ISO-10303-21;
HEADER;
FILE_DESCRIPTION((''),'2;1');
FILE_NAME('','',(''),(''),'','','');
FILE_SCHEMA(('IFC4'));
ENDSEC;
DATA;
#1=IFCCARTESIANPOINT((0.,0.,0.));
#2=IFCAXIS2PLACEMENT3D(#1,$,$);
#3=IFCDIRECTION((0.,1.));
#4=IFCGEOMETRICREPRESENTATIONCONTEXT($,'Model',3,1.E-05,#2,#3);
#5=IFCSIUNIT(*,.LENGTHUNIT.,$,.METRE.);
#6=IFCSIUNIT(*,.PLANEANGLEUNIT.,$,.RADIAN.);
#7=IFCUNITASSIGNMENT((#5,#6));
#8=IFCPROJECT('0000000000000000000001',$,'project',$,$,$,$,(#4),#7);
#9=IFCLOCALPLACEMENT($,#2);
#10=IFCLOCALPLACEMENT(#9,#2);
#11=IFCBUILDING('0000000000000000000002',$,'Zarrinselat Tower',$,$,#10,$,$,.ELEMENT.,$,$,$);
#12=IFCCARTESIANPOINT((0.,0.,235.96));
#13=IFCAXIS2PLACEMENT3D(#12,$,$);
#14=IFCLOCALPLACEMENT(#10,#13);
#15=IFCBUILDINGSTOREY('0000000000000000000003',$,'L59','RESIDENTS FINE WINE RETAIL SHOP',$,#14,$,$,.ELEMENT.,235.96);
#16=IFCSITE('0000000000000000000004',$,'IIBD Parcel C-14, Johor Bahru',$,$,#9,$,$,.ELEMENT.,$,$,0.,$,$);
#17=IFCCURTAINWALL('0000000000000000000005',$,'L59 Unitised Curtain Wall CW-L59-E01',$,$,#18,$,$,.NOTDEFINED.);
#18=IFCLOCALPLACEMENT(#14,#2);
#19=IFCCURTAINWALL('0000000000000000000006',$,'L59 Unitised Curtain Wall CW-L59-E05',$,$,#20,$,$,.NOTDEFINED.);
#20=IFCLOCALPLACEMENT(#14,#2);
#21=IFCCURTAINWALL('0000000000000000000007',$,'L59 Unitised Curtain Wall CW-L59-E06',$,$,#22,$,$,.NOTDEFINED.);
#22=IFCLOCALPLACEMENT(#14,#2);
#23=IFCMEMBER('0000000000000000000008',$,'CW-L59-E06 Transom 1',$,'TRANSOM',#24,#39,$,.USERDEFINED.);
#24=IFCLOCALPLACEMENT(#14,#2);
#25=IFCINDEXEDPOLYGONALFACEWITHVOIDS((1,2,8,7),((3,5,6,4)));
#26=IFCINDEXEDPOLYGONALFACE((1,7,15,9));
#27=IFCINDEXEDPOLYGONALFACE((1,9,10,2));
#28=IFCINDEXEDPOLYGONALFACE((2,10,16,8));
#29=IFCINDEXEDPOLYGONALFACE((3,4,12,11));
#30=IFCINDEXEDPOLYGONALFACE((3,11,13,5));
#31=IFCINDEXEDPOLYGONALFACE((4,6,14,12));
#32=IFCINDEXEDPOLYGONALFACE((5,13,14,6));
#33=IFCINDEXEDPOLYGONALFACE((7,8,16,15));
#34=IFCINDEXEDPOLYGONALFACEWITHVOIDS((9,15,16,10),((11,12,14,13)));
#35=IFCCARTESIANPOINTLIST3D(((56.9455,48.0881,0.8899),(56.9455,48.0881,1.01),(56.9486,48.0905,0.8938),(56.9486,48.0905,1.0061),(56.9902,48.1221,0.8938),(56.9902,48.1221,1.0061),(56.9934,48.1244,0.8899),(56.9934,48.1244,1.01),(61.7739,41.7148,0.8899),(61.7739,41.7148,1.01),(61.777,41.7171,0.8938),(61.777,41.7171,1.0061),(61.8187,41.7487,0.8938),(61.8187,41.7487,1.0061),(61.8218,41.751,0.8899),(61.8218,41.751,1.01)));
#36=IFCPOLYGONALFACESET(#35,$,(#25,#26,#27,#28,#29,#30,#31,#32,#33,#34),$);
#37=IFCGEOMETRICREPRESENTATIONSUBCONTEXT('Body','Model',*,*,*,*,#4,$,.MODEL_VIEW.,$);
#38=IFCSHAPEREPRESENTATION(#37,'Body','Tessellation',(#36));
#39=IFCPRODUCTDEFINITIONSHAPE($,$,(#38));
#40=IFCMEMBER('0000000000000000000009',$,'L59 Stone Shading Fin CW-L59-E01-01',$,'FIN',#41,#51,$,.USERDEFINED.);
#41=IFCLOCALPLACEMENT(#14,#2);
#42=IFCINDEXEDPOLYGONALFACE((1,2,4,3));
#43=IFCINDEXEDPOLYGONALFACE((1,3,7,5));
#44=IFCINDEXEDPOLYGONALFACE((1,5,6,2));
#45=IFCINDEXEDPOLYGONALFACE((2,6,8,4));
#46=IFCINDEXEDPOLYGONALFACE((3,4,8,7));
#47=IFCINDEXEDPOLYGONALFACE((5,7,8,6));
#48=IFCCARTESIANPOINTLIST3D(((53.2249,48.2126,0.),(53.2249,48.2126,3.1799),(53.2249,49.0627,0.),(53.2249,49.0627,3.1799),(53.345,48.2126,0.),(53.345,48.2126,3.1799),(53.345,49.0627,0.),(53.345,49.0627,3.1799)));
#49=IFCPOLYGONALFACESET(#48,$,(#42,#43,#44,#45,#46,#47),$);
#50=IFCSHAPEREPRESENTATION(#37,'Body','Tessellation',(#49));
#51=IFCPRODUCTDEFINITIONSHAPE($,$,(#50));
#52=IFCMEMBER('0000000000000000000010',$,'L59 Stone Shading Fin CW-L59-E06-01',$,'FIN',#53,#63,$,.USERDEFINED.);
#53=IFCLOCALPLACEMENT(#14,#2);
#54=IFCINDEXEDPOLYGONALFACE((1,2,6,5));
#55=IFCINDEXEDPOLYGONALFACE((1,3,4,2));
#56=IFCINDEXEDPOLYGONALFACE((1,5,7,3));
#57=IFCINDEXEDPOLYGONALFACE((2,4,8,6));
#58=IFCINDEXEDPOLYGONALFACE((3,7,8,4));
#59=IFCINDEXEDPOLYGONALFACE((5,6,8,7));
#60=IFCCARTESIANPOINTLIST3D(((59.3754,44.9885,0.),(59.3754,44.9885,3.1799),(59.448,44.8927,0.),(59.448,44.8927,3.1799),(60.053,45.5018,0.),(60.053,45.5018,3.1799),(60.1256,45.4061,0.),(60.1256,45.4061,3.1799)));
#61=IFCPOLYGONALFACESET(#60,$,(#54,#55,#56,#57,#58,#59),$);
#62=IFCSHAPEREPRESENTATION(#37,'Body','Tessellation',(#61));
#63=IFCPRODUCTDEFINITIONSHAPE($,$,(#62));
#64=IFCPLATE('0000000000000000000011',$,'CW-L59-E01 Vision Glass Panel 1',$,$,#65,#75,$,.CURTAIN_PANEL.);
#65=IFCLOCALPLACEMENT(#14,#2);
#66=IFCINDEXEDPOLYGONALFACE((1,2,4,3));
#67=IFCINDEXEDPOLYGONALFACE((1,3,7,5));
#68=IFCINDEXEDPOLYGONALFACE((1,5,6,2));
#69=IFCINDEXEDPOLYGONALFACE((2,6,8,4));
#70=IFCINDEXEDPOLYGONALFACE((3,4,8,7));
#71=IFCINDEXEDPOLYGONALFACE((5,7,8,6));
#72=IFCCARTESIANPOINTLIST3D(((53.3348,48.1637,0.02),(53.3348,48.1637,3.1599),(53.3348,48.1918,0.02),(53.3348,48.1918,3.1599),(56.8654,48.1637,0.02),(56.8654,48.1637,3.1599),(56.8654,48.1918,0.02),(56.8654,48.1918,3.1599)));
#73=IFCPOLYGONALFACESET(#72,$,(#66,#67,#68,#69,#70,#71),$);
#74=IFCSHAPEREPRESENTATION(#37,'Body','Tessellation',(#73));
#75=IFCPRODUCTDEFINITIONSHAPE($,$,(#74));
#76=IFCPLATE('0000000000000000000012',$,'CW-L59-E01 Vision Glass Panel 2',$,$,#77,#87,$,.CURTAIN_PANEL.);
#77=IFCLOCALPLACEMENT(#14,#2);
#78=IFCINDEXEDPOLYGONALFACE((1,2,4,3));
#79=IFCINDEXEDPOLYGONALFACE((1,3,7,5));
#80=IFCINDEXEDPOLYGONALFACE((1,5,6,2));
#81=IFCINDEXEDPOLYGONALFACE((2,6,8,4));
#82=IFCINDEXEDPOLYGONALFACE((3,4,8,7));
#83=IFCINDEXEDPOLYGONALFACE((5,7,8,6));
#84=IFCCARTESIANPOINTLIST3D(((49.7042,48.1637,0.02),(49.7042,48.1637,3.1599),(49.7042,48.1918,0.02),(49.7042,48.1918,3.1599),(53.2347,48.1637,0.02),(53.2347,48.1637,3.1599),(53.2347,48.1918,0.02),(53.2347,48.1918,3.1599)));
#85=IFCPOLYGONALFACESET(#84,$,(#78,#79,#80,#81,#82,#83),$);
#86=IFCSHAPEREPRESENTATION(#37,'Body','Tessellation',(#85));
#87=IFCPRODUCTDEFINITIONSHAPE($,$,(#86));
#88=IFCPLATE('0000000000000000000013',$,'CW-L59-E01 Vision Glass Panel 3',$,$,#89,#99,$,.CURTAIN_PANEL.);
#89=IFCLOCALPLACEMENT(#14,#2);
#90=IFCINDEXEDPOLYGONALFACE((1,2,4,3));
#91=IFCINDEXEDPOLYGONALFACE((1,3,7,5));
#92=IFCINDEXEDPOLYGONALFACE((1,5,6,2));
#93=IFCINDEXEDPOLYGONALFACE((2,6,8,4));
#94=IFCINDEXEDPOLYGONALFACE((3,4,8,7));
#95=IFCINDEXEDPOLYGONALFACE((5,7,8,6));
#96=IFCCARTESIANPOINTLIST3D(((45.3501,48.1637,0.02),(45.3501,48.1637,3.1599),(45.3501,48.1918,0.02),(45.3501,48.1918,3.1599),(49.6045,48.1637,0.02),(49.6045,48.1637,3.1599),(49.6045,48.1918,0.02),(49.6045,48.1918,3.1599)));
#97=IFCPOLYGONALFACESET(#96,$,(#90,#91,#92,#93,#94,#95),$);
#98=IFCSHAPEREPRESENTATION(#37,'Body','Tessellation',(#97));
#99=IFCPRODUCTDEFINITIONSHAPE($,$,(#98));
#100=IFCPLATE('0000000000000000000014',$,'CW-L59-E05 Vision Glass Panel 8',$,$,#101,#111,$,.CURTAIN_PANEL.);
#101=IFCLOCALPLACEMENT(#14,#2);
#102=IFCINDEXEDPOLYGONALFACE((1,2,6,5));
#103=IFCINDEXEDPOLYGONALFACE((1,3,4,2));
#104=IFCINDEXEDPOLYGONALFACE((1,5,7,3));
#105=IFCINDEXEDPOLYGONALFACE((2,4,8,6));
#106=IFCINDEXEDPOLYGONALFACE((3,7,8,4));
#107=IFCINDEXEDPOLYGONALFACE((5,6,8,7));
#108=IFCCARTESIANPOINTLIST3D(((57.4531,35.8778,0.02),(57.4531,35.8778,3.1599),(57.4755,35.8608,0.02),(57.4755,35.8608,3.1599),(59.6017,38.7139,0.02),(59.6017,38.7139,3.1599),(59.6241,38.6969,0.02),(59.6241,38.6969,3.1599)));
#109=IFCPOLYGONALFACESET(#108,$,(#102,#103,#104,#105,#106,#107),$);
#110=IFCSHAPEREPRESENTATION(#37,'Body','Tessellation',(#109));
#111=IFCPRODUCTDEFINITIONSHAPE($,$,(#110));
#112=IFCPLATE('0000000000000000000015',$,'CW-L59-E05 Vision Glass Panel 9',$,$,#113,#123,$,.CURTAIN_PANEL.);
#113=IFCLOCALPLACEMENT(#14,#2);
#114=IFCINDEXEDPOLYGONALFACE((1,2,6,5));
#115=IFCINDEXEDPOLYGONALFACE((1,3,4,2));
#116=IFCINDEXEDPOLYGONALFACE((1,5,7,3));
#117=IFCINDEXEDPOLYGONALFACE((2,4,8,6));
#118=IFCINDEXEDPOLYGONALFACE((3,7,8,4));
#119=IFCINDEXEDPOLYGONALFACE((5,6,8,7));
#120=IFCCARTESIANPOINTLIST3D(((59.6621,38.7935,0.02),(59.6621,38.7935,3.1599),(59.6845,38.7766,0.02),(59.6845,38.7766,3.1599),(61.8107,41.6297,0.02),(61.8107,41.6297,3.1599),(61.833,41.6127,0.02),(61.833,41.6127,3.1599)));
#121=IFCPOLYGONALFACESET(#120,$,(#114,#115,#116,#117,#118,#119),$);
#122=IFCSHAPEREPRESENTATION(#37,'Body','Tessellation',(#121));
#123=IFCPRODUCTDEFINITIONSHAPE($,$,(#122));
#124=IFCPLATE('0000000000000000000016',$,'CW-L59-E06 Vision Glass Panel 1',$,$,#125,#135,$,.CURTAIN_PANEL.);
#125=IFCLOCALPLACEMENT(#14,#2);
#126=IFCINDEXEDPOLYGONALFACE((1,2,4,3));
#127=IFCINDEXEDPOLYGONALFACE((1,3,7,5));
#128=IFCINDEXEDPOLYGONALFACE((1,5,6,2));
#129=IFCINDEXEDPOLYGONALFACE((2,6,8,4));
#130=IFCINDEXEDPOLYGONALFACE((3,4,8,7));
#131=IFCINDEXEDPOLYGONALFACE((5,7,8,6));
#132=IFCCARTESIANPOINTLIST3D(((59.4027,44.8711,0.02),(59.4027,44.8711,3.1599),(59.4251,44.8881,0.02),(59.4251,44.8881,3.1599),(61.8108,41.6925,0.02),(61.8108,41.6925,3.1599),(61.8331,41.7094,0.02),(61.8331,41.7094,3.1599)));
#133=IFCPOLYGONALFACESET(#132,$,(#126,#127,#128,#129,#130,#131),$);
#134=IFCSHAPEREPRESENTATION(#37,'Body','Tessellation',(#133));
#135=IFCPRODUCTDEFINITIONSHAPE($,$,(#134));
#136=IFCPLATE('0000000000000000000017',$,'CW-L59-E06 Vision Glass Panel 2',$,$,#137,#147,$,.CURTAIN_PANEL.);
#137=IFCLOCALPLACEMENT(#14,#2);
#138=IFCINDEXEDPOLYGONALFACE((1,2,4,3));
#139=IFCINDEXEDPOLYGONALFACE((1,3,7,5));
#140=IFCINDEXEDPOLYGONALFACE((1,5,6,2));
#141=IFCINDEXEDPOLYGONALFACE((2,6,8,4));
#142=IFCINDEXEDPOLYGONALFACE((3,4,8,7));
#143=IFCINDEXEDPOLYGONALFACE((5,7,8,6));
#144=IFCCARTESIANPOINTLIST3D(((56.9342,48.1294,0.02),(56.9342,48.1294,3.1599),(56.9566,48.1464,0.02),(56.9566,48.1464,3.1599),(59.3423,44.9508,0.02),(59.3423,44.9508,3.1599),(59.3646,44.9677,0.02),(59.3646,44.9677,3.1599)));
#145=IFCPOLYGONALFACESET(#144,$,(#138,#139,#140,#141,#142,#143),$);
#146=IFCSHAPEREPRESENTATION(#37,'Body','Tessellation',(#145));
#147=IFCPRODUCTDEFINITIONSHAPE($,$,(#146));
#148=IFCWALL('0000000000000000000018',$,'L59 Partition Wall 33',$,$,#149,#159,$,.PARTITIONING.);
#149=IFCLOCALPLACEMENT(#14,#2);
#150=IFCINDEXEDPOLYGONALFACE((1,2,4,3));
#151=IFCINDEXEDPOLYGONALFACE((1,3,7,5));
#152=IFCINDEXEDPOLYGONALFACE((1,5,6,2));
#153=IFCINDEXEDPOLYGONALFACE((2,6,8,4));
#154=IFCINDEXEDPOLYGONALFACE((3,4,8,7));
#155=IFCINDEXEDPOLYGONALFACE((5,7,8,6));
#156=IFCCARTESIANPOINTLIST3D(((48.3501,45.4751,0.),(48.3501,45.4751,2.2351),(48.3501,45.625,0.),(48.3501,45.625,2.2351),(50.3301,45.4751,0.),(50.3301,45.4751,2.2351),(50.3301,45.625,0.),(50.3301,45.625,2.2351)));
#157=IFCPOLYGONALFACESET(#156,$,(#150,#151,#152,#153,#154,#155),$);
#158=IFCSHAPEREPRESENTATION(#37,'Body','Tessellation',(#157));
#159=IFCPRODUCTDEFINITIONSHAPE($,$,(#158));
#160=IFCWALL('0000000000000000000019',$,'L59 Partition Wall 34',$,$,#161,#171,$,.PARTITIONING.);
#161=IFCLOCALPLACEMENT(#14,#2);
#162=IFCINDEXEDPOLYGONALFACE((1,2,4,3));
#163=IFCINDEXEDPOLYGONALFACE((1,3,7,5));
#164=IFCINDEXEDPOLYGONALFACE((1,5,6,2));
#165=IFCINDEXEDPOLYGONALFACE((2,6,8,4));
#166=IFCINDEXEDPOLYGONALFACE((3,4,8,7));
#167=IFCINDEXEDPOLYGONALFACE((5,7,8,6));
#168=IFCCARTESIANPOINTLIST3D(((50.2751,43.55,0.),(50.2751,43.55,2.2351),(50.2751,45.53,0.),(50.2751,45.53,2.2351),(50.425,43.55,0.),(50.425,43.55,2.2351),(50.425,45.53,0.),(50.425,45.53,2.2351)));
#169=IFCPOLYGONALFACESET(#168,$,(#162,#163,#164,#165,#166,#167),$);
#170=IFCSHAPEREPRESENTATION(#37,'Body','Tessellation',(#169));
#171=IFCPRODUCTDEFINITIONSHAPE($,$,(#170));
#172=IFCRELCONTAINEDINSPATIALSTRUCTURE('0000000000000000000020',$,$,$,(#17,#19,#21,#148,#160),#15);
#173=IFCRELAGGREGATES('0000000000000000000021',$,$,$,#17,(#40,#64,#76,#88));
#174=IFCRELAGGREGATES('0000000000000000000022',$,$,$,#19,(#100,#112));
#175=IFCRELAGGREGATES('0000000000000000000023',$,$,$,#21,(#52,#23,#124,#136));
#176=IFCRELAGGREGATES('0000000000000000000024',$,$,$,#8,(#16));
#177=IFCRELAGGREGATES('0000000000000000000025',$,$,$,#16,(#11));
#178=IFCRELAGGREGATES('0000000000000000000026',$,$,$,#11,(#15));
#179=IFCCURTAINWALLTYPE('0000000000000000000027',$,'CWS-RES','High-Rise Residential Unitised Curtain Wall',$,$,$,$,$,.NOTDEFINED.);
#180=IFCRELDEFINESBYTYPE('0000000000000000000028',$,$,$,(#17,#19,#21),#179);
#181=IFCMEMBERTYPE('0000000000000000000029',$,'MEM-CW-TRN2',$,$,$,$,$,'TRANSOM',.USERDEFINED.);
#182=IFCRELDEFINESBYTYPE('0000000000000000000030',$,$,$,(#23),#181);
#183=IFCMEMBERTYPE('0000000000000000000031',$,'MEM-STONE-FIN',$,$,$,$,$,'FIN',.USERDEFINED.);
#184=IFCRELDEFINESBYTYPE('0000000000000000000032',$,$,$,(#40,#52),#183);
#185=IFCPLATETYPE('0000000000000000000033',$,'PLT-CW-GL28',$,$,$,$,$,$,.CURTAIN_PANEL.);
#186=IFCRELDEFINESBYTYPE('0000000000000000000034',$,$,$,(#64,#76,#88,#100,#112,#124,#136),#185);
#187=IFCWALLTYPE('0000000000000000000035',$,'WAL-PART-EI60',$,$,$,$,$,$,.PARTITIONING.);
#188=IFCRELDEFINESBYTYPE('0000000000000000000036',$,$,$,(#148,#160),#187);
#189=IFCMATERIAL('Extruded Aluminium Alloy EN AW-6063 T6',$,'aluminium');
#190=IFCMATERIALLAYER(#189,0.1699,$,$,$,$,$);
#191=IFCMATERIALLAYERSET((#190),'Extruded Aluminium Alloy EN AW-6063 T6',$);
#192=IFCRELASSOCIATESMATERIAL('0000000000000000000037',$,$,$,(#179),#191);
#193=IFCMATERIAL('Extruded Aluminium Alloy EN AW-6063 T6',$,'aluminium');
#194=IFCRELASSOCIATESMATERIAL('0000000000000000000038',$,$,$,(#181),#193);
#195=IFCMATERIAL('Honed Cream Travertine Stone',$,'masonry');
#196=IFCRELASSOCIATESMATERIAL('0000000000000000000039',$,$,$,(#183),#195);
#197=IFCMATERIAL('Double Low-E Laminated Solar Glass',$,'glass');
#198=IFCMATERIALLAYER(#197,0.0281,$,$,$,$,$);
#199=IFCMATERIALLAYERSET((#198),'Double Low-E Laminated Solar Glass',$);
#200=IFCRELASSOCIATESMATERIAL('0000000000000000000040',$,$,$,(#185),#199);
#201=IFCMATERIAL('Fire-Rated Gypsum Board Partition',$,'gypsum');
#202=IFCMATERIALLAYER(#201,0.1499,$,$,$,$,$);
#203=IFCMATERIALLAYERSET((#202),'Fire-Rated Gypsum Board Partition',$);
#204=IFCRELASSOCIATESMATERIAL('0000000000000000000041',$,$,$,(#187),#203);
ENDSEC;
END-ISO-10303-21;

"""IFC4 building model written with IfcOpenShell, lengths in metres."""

from ifc_helpers import new_model, si_unit, direction, frame, frame_2d, origin, origin_2d, place, context, subcontext, project, spatial, rectangle, hollow_rectangle, extrude, material, layer, layer_set, material_profile, profile_set, type_object, element, aggregate, save


model = new_model("IFC4")

# Units and contexts
model_context = context("Model", 3, precision=1e-05, world=origin(), true_north=direction((0.0, 1.0)))
body_context = subcontext(model_context, "Body", "Model", "MODEL_VIEW")
ifc_project = project(units=[si_unit("LENGTHUNIT", "METRE"), si_unit("PLANEANGLEUNIT", "RADIAN")], contexts=[model_context])

# Site, building, storey
site_placement = place(None, origin())
site = spatial("IfcSite", under=ifc_project, at=site_placement, Name="IIBD Parcel C-14, Johor Bahru", CompositionType="ELEMENT", RefElevation=0.0)
building_placement = place(site_placement, origin())
building = spatial("IfcBuilding", under=site, at=building_placement, Name="Zarrinselat Tower", CompositionType="ELEMENT")
storey_placement = place(building_placement, frame((0.0, 0.0, 235.96)))
storey = spatial("IfcBuildingStorey", under=building, at=storey_placement, Name="L59", Description="RESIDENTS FINE WINE RETAIL SHOP", CompositionType="ELEMENT", Elevation=235.96)

# Curtain walls
ifc_material_1 = material(Name="Extruded Aluminium Alloy EN AW-6063 T6", Category="aluminium")
ifc_layer_1 = layer(ifc_material_1, 0.1699)
ifc_layer_set_1 = layer_set([ifc_layer_1], Name="Extruded Aluminium Alloy EN AW-6063 T6")
curtain_wall_type = type_object("IfcCurtainWallType", Name="CWS-RES", Description="High-Rise Residential Unitised Curtain Wall", PredefinedType="NOTDEFINED", material=ifc_layer_set_1)
curtain_wall_1_placement = place(storey_placement, origin())
curtain_wall_1 = element("IfcCurtainWall", 1, at=curtain_wall_1_placement, inside=storey, type_object=curtain_wall_type, Name="L59 Unitised Curtain Wall CW-L59-E01", PredefinedType="NOTDEFINED")
curtain_wall_2_placement = place(storey_placement, origin())
curtain_wall_2 = element("IfcCurtainWall", 2, at=curtain_wall_2_placement, inside=storey, type_object=curtain_wall_type, Name="L59 Unitised Curtain Wall CW-L59-E05", PredefinedType="NOTDEFINED")

# Curtain wall
curtain_wall_3_placement = place(storey_placement, origin())
curtain_wall_3 = element("IfcCurtainWall", 3, at=curtain_wall_3_placement, inside=storey, type_object=curtain_wall_type, Name="L59 Unitised Curtain Wall CW-L59-E06", PredefinedType="NOTDEFINED")

# Members
ifc_material_2 = material(Name="Extruded Aluminium Alloy EN AW-6063 T6", Category="aluminium")
ifc_material_profile_1 = material_profile(ifc_material_2, hollow_rectangle(XDim=0.0601, YDim=0.1201, WallThickness=0.0039, at=origin_2d()), Name="RHS 120x60x4")
ifc_profile_set_1 = profile_set([ifc_material_profile_1], Name="Extruded Aluminium Alloy EN AW-6063 T6")
member_type_1 = type_object("IfcMemberType", Name="MEM-CW-TRN2", ElementType="TRANSOM", PredefinedType="USERDEFINED", material=ifc_profile_set_1)
member_1_placement = place(storey_placement, frame((61.7979, 41.7329, 0.95), z_axis=(-0.603867, 0.797085, 0.0), x_axis=(-0.797085, -0.603867, 0.0)))
member_1 = element("IfcMember", 4, at=member_1_placement, type_object=member_type_1, Name="CW-L59-E06 Transom 1", ObjectType="TRANSOM", PredefinedType="USERDEFINED", context=body_context, shape_type="SweptSolid", body=[
    extrude(hollow_rectangle(XDim=0.0601, YDim=0.1201, WallThickness=0.0039, at=origin_2d()), origin(), (0.0, 0.0, 1.0), 7.9958),
])
ifc_material_3 = material(Name="Honed Cream Travertine Stone", Category="masonry")
ifc_material_profile_2 = material_profile(ifc_material_3, rectangle(XDim=0.1201, YDim=0.8501, at=origin_2d()), Name="FIN 850x120")
ifc_profile_set_2 = profile_set([ifc_material_profile_2], Name="Honed Cream Travertine Stone")
member_type_2 = type_object("IfcMemberType", Name="MEM-STONE-FIN", ElementType="FIN", PredefinedType="USERDEFINED", material=ifc_profile_set_2)
member_2_placement = place(storey_placement, frame((53.2849, 48.6377, 0.0), z_axis=(0.0, 0.0, 1.0), x_axis=(1.0, 0.0, 0.0)))
member_2 = element("IfcMember", 5, at=member_2_placement, type_object=member_type_2, Name="L59 Stone Shading Fin CW-L59-E01-01", ObjectType="FIN", PredefinedType="USERDEFINED", context=body_context, shape_type="SweptSolid", body=[
    extrude(rectangle(XDim=0.1201, YDim=0.8501, at=origin_2d()), origin(), (0.0, 0.0, 1.0), 3.1799),
])
member_3_placement = place(storey_placement, frame((59.7505, 45.1973, 0.0), z_axis=(0.0, 0.0, 1.0), x_axis=(0.603858, -0.797092, 0.0)))
member_3 = element("IfcMember", 6, at=member_3_placement, type_object=member_type_2, Name="L59 Stone Shading Fin CW-L59-E06-01", ObjectType="FIN", PredefinedType="USERDEFINED", context=body_context, shape_type="SweptSolid", body=[
    extrude(rectangle(XDim=0.1201, YDim=0.8501, at=origin_2d()), origin(), (0.0, 0.0, 1.0), 3.1799),
])

# Plates
ifc_material_4 = material(Name="Double Low-E Laminated Solar Glass", Category="glass")
ifc_layer_2 = layer(ifc_material_4, 0.0281)
ifc_layer_set_2 = layer_set([ifc_layer_2], Name="Double Low-E Laminated Solar Glass")
plate_type = type_object("IfcPlateType", Name="PLT-CW-GL28", PredefinedType="CURTAIN_PANEL", material=ifc_layer_set_2)
plate_1_placement = place(storey_placement, frame((55.1001, 48.1777, 0.02), z_axis=(0.0, 0.0, 1.0), x_axis=(-1.0, 0.0, 0.0)))
plate_1 = element("IfcPlate", 7, at=plate_1_placement, type_object=plate_type, Name="CW-L59-E01 Vision Glass Panel 1", PredefinedType="CURTAIN_PANEL", context=body_context, shape_type="SweptSolid", body=[
    extrude(rectangle(XDim=3.5305, YDim=0.0281, at=origin_2d()), origin(), (0.0, 0.0, 1.0), 3.1399),
])
plate_2_placement = place(storey_placement, frame((51.4695, 48.1777, 0.02), z_axis=(0.0, 0.0, 1.0), x_axis=(-1.0, 0.0, 0.0)))
plate_2 = element("IfcPlate", 8, at=plate_2_placement, type_object=plate_type, Name="CW-L59-E01 Vision Glass Panel 2", PredefinedType="CURTAIN_PANEL", context=body_context, shape_type="SweptSolid", body=[
    extrude(rectangle(XDim=3.5305, YDim=0.0281, at=origin_2d()), origin(), (0.0, 0.0, 1.0), 3.1399),
])
plate_3_placement = place(storey_placement, frame((47.4773, 48.1777, 0.02), z_axis=(0.0, 0.0, 1.0), x_axis=(-1.0, 0.0, 0.0)))
plate_3 = element("IfcPlate", 9, at=plate_3_placement, type_object=plate_type, Name="CW-L59-E01 Vision Glass Panel 3", PredefinedType="CURTAIN_PANEL", context=body_context, shape_type="SweptSolid", body=[
    extrude(rectangle(XDim=4.2544, YDim=0.0281, at=origin_2d()), origin(), (0.0, 0.0, 1.0), 3.1399),
])
aggregate(curtain_wall_1, [member_2, plate_1, plate_2, plate_3])
plate_4_placement = place(storey_placement, frame((58.5386, 37.2874, 0.02), z_axis=(0.0, 0.0, 1.0), x_axis=(0.603859, 0.797091, 0.0)))
plate_4 = element("IfcPlate", 10, at=plate_4_placement, type_object=plate_type, Name="CW-L59-E05 Vision Glass Panel 8", PredefinedType="CURTAIN_PANEL", context=body_context, shape_type="SweptSolid", body=[
    extrude(rectangle(XDim=3.5581, YDim=0.0281, at=origin_2d()), origin(), (0.0, 0.0, 1.0), 3.1399),
])
plate_5_placement = place(storey_placement, frame((60.7476, 40.2031, 0.02), z_axis=(0.0, 0.0, 1.0), x_axis=(0.603859, 0.797091, 0.0)))
plate_5 = element("IfcPlate", 11, at=plate_5_placement, type_object=plate_type, Name="CW-L59-E05 Vision Glass Panel 9", PredefinedType="CURTAIN_PANEL", context=body_context, shape_type="SweptSolid", body=[
    extrude(rectangle(XDim=3.5581, YDim=0.0281, at=origin_2d()), origin(), (0.0, 0.0, 1.0), 3.1399),
])
aggregate(curtain_wall_2, [plate_4, plate_5])
plate_6_placement = place(storey_placement, frame((60.6179, 43.2903, 0.02), z_axis=(0.0, 0.0, 1.0), x_axis=(-0.603858, 0.797092, 0.0)))
plate_6 = element("IfcPlate", 12, at=plate_6_placement, type_object=plate_type, Name="CW-L59-E06 Vision Glass Panel 1", PredefinedType="CURTAIN_PANEL", context=body_context, shape_type="SweptSolid", body=[
    extrude(rectangle(XDim=3.9878, YDim=0.0281, at=origin_2d()), origin(), (0.0, 0.0, 1.0), 3.1399),
])
plate_7_placement = place(storey_placement, frame((58.1494, 46.5486, 0.02), z_axis=(0.0, 0.0, 1.0), x_axis=(-0.603858, 0.797092, 0.0)))
plate_7 = element("IfcPlate", 13, at=plate_7_placement, type_object=plate_type, Name="CW-L59-E06 Vision Glass Panel 2", PredefinedType="CURTAIN_PANEL", context=body_context, shape_type="SweptSolid", body=[
    extrude(rectangle(XDim=3.9878, YDim=0.0281, at=origin_2d()), origin(), (0.0, 0.0, 1.0), 3.1399),
])
aggregate(curtain_wall_3, [member_3, member_1, plate_6, plate_7])

# Walls
ifc_material_5 = material(Name="Fire-Rated Gypsum Board Partition", Category="gypsum")
ifc_layer_3 = layer(ifc_material_5, 0.1499)
ifc_layer_set_3 = layer_set([ifc_layer_3], Name="Fire-Rated Gypsum Board Partition")
wall_type = type_object("IfcWallType", Name="WAL-PART-EI60", PredefinedType="PARTITIONING", material=ifc_layer_set_3)
for number, where, z_axis, x_axis, name in (
    (14, (48.3501, 45.55, 0.0), (0.0, 0.0, 1.0), (1.0, 0.0, 0.0), "L59 Partition Wall 33"),
    (15, (50.3501, 43.55, 0.0), (0.0, 0.0, 1.0), (0.0, 1.0, 0.0), "L59 Partition Wall 34"),
):
    element("IfcWall", number, at=place(storey_placement, frame(where, z_axis=z_axis, x_axis=x_axis)), inside=storey, type_object=wall_type, Name=name, PredefinedType="PARTITIONING", context=body_context, shape_type="SweptSolid", body=[
        extrude(rectangle(XDim=1.98, YDim=0.1499, at=frame_2d((0.99, 0.0))), origin(), (0.0, 0.0, 1.0), 2.2351),
    ])

save(model, "model.ifc")
